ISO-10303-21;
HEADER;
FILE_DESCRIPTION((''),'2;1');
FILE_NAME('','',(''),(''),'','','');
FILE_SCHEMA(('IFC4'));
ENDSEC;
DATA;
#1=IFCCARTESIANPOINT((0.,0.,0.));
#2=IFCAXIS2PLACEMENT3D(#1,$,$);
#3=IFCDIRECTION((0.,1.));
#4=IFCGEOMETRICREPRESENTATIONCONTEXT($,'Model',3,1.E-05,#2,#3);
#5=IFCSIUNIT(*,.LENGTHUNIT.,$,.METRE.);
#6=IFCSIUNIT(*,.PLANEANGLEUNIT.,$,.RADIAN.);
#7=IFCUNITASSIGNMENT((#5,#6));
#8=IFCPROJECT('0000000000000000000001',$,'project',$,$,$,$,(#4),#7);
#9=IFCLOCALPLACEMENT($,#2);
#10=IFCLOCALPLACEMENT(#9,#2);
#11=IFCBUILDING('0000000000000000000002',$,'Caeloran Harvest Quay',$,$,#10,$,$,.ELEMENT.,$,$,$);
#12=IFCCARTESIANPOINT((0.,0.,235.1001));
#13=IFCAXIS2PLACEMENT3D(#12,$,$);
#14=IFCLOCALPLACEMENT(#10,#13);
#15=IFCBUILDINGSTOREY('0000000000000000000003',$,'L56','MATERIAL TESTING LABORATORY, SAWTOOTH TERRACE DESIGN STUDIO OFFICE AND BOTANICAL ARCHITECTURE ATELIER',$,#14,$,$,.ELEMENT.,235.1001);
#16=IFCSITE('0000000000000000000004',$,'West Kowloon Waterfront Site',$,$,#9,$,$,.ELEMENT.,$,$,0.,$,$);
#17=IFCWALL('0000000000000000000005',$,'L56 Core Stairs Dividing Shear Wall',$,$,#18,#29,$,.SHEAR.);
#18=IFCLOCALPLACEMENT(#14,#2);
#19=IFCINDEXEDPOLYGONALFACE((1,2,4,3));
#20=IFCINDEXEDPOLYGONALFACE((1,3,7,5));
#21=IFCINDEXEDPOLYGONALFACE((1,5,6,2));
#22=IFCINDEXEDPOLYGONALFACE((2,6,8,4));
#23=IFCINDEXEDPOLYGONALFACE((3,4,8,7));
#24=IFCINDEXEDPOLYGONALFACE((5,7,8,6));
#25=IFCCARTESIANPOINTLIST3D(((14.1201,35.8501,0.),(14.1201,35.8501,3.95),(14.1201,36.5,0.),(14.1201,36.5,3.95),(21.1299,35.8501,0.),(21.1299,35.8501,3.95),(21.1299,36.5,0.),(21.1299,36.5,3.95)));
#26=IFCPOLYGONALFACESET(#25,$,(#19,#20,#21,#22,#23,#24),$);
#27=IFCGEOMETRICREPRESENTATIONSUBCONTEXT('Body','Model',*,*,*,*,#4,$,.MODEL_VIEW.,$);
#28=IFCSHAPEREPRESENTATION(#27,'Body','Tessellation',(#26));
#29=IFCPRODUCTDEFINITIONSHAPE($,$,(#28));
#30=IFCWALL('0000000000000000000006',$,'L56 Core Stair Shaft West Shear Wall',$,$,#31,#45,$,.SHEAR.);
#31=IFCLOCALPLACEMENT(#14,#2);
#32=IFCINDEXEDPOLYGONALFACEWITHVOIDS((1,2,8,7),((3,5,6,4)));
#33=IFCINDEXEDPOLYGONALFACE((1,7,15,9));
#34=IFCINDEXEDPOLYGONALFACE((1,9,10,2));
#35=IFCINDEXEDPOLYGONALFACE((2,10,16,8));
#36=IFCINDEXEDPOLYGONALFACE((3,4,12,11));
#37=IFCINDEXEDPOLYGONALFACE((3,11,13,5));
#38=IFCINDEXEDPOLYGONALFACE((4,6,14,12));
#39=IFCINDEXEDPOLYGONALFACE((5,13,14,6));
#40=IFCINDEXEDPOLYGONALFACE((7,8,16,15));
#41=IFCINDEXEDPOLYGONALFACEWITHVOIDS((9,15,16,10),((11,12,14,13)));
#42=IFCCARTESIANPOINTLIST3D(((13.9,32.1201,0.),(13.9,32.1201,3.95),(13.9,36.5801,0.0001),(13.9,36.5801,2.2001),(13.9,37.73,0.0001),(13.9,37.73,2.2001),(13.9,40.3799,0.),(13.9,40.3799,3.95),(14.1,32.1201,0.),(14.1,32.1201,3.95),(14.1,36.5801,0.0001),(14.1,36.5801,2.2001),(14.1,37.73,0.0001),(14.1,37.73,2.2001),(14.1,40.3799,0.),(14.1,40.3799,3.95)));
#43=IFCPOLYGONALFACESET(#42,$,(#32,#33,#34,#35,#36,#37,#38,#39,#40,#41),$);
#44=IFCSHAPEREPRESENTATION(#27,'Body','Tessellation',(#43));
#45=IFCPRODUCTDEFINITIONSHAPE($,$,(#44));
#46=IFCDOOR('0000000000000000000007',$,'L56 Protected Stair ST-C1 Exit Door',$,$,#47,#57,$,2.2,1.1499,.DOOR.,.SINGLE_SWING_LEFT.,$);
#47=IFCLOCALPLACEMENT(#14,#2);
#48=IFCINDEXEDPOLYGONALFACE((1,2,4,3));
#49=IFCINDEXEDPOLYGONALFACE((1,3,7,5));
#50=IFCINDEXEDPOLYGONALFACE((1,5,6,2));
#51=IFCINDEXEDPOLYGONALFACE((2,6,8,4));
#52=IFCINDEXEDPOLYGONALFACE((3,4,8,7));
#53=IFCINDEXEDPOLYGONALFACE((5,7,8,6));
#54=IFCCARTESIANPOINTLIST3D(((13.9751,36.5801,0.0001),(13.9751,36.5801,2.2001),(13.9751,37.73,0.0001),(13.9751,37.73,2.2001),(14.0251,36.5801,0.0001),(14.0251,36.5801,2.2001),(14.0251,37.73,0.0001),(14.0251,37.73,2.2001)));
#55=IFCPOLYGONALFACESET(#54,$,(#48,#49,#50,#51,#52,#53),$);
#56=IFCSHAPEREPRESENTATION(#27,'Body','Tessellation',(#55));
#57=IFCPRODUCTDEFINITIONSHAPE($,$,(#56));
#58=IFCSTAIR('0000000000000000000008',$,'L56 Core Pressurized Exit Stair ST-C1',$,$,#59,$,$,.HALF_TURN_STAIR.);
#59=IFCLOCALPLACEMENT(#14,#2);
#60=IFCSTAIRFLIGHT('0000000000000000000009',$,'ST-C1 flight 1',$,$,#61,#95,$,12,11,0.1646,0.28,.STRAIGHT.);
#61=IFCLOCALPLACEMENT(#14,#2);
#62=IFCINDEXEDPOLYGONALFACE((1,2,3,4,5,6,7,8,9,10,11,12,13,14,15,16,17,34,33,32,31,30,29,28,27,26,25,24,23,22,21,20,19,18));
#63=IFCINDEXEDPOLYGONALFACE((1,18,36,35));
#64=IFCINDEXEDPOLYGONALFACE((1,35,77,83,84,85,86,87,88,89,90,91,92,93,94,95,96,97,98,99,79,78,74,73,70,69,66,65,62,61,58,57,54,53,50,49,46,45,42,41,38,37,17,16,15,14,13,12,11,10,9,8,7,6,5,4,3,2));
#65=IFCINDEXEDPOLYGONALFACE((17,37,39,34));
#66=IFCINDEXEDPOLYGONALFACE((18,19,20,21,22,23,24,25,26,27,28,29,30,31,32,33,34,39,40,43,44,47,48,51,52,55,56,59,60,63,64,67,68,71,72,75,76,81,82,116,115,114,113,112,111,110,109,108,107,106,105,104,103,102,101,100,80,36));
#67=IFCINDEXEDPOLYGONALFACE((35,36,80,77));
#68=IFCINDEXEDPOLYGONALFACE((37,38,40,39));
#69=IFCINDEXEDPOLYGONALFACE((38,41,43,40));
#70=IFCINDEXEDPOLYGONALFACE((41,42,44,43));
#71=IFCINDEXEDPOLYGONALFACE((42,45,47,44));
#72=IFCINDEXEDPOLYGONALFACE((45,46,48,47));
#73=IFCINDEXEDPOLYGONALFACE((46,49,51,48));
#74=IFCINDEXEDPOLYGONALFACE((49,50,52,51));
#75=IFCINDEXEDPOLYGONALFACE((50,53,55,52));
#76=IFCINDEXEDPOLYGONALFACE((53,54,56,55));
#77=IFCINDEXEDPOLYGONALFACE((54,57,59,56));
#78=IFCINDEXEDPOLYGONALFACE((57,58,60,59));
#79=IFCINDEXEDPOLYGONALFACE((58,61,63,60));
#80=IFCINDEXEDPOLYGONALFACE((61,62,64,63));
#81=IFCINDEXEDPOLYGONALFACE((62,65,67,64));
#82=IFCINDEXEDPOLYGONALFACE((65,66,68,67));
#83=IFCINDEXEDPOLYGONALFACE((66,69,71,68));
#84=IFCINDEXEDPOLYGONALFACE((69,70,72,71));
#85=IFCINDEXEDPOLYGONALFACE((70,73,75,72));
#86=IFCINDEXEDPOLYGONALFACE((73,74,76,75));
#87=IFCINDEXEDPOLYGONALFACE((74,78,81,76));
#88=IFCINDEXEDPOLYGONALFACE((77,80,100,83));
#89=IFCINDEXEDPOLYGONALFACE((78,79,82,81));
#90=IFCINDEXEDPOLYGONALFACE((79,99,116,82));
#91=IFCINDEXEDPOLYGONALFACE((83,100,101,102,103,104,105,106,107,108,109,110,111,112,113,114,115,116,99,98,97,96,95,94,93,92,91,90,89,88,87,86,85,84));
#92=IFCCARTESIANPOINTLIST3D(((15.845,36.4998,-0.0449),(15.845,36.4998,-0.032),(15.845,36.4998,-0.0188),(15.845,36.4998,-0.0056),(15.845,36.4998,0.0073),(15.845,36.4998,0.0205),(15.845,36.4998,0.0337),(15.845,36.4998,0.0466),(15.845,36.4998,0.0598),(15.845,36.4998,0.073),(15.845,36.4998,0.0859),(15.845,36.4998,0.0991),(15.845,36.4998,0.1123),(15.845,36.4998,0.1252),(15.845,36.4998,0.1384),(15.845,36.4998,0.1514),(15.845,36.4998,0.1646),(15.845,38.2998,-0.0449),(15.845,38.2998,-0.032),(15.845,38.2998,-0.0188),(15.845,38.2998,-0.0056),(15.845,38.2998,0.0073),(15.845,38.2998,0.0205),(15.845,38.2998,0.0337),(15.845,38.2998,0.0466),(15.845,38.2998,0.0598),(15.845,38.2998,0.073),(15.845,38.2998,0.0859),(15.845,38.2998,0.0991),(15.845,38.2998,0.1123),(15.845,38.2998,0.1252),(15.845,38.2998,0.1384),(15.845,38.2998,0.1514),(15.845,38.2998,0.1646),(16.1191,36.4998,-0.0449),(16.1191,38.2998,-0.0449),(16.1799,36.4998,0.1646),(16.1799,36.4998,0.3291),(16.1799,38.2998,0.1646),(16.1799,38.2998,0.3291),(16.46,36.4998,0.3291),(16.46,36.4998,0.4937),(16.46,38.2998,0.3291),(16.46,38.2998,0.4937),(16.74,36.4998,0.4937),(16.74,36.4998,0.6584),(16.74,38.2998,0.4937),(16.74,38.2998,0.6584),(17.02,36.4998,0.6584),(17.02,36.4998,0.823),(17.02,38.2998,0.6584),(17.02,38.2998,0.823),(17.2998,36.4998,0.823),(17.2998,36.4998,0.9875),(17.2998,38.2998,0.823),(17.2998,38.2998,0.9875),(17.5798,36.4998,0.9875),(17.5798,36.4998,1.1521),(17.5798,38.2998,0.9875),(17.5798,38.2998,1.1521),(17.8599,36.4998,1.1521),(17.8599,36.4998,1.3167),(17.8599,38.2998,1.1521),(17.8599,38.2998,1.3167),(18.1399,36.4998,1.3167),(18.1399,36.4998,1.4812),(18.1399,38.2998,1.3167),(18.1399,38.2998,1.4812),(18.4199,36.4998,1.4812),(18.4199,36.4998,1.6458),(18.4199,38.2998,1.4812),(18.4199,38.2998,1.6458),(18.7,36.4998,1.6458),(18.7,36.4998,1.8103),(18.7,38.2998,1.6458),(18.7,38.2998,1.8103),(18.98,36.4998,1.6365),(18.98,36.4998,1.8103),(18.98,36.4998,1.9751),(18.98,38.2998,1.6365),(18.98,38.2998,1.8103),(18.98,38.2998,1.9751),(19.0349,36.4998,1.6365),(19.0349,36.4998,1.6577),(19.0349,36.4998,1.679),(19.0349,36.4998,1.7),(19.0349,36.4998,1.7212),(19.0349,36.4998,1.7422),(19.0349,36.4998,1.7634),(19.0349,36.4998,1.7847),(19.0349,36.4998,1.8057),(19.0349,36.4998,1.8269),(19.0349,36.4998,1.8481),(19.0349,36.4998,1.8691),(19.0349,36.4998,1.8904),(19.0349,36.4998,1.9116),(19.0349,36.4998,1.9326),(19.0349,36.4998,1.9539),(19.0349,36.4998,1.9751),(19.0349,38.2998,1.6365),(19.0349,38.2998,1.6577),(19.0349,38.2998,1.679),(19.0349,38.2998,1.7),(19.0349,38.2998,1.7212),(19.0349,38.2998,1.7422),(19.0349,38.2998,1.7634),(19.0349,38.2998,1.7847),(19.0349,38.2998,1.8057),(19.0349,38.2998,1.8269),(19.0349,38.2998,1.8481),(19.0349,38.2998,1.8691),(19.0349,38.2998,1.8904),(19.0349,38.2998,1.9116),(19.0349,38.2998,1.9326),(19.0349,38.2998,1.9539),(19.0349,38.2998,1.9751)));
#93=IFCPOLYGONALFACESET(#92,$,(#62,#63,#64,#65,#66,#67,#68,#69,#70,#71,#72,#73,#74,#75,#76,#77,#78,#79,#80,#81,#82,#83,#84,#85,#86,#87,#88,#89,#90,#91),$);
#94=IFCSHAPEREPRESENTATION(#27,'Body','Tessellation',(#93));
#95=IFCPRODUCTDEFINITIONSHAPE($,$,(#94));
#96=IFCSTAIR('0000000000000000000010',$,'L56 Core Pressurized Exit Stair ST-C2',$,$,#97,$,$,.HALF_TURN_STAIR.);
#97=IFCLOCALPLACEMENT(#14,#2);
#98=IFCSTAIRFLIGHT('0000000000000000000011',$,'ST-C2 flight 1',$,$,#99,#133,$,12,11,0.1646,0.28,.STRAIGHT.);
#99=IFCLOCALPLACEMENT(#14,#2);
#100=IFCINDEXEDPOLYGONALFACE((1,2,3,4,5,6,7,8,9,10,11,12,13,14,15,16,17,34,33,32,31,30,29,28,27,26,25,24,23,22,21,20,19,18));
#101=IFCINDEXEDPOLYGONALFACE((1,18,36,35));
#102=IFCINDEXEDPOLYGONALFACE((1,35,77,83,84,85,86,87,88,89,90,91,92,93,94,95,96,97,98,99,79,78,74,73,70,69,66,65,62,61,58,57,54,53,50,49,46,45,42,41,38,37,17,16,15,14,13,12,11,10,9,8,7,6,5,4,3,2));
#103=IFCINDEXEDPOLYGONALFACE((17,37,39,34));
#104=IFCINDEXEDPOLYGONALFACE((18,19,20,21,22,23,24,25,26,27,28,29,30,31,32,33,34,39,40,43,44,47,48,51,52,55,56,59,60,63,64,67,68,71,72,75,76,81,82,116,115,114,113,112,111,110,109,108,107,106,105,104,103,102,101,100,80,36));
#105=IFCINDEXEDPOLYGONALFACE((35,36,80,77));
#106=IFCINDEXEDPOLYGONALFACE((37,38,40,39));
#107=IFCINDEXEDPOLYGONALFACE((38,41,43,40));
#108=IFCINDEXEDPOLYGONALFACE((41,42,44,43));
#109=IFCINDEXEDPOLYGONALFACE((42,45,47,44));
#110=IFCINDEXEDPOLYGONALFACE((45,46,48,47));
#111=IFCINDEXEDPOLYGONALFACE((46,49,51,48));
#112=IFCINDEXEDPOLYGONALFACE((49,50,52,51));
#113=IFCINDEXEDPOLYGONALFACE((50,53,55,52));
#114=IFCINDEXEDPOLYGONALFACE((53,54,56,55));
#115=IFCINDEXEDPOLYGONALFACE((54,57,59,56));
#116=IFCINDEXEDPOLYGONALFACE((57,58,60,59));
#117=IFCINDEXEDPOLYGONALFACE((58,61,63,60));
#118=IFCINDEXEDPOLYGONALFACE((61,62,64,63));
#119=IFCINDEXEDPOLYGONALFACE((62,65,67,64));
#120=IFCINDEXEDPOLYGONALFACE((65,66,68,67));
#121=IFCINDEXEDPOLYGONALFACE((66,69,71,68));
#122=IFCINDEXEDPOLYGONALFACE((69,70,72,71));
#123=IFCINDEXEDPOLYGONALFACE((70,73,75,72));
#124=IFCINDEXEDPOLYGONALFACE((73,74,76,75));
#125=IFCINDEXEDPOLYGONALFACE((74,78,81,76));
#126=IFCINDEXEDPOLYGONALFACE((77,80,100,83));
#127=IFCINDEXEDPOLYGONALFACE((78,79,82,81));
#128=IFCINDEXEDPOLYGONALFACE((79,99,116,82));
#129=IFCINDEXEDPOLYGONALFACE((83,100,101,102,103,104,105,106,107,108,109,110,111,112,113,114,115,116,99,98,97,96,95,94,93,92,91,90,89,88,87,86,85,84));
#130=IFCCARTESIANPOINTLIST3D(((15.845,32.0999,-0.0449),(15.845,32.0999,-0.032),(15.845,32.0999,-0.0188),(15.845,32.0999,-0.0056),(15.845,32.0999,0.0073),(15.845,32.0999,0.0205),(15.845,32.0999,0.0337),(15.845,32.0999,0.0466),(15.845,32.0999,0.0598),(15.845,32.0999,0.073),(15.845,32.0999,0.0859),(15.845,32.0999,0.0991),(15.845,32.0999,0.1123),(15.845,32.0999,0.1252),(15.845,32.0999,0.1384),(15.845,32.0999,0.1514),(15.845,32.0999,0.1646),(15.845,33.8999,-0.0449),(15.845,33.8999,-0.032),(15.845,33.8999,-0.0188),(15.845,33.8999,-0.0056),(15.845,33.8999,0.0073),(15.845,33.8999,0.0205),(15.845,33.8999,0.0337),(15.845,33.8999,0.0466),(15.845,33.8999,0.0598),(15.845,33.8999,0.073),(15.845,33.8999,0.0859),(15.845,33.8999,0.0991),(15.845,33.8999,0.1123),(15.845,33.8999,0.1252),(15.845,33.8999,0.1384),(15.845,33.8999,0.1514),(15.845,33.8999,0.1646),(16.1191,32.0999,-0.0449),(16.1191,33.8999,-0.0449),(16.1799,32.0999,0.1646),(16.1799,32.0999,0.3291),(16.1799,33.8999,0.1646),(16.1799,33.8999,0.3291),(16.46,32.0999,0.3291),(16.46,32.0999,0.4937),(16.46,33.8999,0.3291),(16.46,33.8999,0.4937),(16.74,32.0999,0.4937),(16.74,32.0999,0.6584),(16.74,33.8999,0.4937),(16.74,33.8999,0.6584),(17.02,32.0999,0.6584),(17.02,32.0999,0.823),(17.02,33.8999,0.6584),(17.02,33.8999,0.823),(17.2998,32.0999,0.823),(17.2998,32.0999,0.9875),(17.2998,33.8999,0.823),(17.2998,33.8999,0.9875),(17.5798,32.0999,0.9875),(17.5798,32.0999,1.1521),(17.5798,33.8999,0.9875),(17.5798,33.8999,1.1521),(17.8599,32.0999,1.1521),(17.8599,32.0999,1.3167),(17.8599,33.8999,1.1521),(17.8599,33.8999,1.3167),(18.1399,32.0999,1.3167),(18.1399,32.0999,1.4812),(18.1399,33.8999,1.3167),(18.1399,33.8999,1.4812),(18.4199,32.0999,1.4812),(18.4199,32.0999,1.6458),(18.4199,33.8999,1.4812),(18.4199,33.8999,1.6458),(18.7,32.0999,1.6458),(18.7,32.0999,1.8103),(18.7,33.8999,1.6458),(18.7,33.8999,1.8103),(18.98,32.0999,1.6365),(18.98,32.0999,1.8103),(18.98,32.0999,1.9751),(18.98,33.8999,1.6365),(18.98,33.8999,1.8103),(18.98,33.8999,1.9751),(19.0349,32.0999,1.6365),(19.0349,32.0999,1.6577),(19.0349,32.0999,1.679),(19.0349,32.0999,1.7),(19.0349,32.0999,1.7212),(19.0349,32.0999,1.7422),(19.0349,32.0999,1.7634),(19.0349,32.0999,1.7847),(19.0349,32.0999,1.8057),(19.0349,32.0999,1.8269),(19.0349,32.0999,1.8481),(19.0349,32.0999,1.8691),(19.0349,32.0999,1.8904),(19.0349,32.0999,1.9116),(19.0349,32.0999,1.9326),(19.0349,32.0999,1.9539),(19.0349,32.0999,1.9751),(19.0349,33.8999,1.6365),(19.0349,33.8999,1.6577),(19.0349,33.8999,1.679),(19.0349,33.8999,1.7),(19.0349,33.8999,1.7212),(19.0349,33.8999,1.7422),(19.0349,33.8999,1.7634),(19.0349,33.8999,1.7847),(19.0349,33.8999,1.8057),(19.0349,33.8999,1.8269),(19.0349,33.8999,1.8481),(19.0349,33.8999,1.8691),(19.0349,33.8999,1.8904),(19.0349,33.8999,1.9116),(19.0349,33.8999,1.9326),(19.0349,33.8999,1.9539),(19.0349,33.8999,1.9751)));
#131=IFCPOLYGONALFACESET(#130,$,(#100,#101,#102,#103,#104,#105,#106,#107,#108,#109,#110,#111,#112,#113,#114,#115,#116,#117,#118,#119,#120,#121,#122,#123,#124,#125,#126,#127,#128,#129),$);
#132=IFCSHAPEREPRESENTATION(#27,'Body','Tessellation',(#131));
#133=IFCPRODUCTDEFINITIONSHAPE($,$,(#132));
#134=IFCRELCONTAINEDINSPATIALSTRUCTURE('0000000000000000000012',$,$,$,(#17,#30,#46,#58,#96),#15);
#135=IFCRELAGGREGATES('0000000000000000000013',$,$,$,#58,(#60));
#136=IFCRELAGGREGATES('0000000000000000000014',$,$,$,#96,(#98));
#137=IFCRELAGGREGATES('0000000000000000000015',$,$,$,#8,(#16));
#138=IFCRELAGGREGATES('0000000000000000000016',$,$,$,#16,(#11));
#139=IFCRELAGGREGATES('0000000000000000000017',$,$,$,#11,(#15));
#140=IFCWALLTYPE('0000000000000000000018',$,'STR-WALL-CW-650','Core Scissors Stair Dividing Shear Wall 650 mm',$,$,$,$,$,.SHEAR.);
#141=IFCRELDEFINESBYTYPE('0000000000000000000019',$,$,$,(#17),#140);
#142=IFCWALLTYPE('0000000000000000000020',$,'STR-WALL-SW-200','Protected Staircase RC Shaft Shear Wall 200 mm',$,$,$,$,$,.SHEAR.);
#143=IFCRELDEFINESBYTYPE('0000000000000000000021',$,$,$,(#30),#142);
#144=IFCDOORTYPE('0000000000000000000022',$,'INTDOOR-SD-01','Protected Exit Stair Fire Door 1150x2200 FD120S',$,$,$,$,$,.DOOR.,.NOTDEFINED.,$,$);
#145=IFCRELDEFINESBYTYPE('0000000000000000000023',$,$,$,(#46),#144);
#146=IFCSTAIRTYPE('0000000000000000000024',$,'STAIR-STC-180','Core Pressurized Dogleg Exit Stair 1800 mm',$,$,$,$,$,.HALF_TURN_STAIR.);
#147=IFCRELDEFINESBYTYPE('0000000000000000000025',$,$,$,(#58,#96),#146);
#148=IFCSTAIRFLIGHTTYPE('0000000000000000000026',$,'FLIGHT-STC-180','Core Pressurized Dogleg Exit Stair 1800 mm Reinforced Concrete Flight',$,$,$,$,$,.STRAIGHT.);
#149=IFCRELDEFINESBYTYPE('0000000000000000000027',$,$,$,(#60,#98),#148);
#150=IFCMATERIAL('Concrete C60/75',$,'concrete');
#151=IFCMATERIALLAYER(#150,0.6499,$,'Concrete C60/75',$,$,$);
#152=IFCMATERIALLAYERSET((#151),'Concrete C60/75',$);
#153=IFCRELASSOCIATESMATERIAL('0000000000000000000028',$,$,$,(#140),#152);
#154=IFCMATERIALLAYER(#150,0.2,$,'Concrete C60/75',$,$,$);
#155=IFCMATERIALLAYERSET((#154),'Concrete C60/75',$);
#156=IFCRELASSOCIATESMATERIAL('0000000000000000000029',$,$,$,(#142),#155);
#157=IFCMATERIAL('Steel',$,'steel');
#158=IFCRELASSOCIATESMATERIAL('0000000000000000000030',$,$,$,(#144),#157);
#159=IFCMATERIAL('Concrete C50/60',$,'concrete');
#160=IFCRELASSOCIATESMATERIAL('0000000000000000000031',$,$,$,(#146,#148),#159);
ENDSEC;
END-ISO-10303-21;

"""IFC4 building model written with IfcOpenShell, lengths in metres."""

from ifc_helpers import new_model, si_unit, direction, frame, frame_2d, origin, place, context, subcontext, project, spatial, polyline, rectangle, outline, extrude, material, layer, layer_set, type_object, element, fill, aggregate, save


model = new_model("IFC4")

# Units and contexts
model_context = context("Model", 3, precision=1e-05, world=origin(), true_north=direction((0.0, 1.0)))
body_context = subcontext(model_context, "Body", "Model", "MODEL_VIEW")
ifc_project = project(units=[si_unit("LENGTHUNIT", "METRE"), si_unit("PLANEANGLEUNIT", "RADIAN")], contexts=[model_context])

# Site, building, storey
site_placement = place(None, origin())
site = spatial("IfcSite", under=ifc_project, at=site_placement, Name="West Kowloon Waterfront Site", CompositionType="ELEMENT", RefElevation=0.0)
building_placement = place(site_placement, origin())
building = spatial("IfcBuilding", under=site, at=building_placement, Name="Caeloran Harvest Quay", CompositionType="ELEMENT")
storey_placement = place(building_placement, frame((0.0, 0.0, 235.1001)))
storey = spatial("IfcBuildingStorey", under=building, at=storey_placement, Name="L56", Description="MATERIAL TESTING LABORATORY, SAWTOOTH TERRACE DESIGN STUDIO OFFICE AND BOTANICAL ARCHITECTURE ATELIER", CompositionType="ELEMENT", Elevation=235.1001)

# Wall
ifc_material_1 = material(Name="Concrete C60/75", Category="concrete")
ifc_layer_1 = layer(ifc_material_1, 0.6499, Name="Concrete C60/75")
ifc_layer_set_1 = layer_set([ifc_layer_1], Name="Concrete C60/75")
wall_type_1 = type_object("IfcWallType", Name="STR-WALL-CW-650", Description="Core Scissors Stair Dividing Shear Wall 650 mm", PredefinedType="SHEAR", material=ifc_layer_set_1)
wall_1_placement = place(storey_placement, frame((14.1201, 36.175, 0.0), z_axis=(0.0, 0.0, 1.0), x_axis=(1.0, 0.0, 0.0)))
element("IfcWall", 1, at=wall_1_placement, inside=storey, type_object=wall_type_1, Name="L56 Core Stairs Dividing Shear Wall", PredefinedType="SHEAR", context=body_context, shape_type="SweptSolid", body=[
    extrude(rectangle(XDim=7.0098, YDim=0.6499, at=frame_2d((3.5049, 0.0))), origin(), (0.0, 0.0, 1.0), 3.95),
])

# Wall, opening, door
ifc_layer_2 = layer(ifc_material_1, 0.2, Name="Concrete C60/75")
ifc_layer_set_2 = layer_set([ifc_layer_2], Name="Concrete C60/75")
wall_type_2 = type_object("IfcWallType", Name="STR-WALL-SW-200", Description="Protected Staircase RC Shaft Shear Wall 200 mm", PredefinedType="SHEAR", material=ifc_layer_set_2)
wall_2_placement = place(storey_placement, frame((14.0, 32.1201, 0.0), z_axis=(0.0, 0.0, 1.0), x_axis=(0.0, 1.0, 0.0)))
wall_2 = element("IfcWall", 2, at=wall_2_placement, inside=storey, type_object=wall_type_2, Name="L56 Core Stair Shaft West Shear Wall", PredefinedType="SHEAR", context=body_context, shape_type="SweptSolid", body=[
    extrude(rectangle(XDim=8.2598, YDim=0.2, at=frame_2d((4.1299, 0.0))), origin(), (0.0, 0.0, 1.0), 3.95),
])
opening_placement = place(wall_2_placement, frame((4.46, 0.0, 0.0)))
opening = element("IfcOpeningElement", 3, at=opening_placement, cuts=wall_2, PredefinedType="OPENING", context=body_context, shape_type="SweptSolid", body=[
    extrude(rectangle(XDim=1.1499, YDim=2.2, at=frame_2d((0.575, 1.1001))), frame((0.0, 0.1099, 0.0), z_axis=(0.0, -1.0, 0.0), x_axis=(1.0, 0.0, 0.0)), (0.0, 0.0, 1.0), 0.22),
])
ifc_material_2 = material(Name="Steel", Category="steel")
door_type = type_object("IfcDoorType", Name="INTDOOR-SD-01", Description="Protected Exit Stair Fire Door 1150x2200 FD120S", OperationType="NOTDEFINED", PredefinedType="DOOR", material=ifc_material_2)
door_placement = place(opening_placement, origin())
door = element("IfcDoor", 4, at=door_placement, inside=storey, type_object=door_type, Name="L56 Protected Stair ST-C1 Exit Door", OperationType="SINGLE_SWING_LEFT", OverallHeight=2.2, OverallWidth=1.1499, PredefinedType="DOOR", context=body_context, shape_type="SweptSolid", body=[
    extrude(rectangle(XDim=1.1499, YDim=2.2, at=frame_2d((0.575, 1.1001))), frame((0.0, 0.0249, 0.0), z_axis=(0.0, -1.0, 0.0), x_axis=(1.0, 0.0, 0.0)), (0.0, 0.0, 1.0), 0.05),
])
fill(opening, door)

# Stairs, stair flights
ifc_material_3 = material(Name="Concrete C50/60", Category="concrete")
stair_type = type_object("IfcStairType", Name="STAIR-STC-180", Description="Core Pressurized Dogleg Exit Stair 1800 mm", PredefinedType="HALF_TURN_STAIR", material=ifc_material_3)
stair_1_placement = place(storey_placement, origin())
stair_1 = element("IfcStair", 5, at=stair_1_placement, inside=storey, type_object=stair_type, Name="L56 Core Pressurized Exit Stair ST-C1", PredefinedType="HALF_TURN_STAIR")
stair_flight_type = type_object("IfcStairFlightType", Name="FLIGHT-STC-180", Description="Core Pressurized Dogleg Exit Stair 1800 mm Reinforced Concrete Flight", PredefinedType="STRAIGHT", material=ifc_material_3)
stair_flight_1_placement = place(storey_placement, frame((15.8999, 37.3999, 0.0), z_axis=(0.0, 0.0, 1.0), x_axis=(1.0, 0.0, 0.0)))
stair_flight_1 = element("IfcStairFlight", 6, at=stair_flight_1_placement, type_object=stair_flight_type, Name="ST-C1 flight 1", NumberOfRisers=12, NumberOfTreads=11, PredefinedType="STRAIGHT", RiserHeight=0.1646, TreadLength=0.28, context=body_context, shape_type="SweptSolid", body=[
    extrude(outline(polyline([(-0.0549, -0.0449), (-0.0549, -0.032), (-0.0549, -0.0188), (-0.0549, -0.0056), (-0.0549, 0.0073), (-0.0549, 0.0205), (-0.0549, 0.0337), (-0.0549, 0.0466), (-0.0549, 0.0598), (-0.0549, 0.073), (-0.0549, 0.0859), (-0.0549, 0.0991), (-0.0549, 0.1123), (-0.0549, 0.1252), (-0.0549, 0.1384), (-0.0549, 0.1514), (-0.0549, 0.1646), (0.28, 0.1646), (0.28, 0.3291), (0.5601, 0.3291), (0.5601, 0.4937), (0.8401, 0.4937), (0.8401, 0.6584), (1.1201, 0.6584), (1.1201, 0.823), (1.3999, 0.823), (1.3999, 0.9875), (1.6799, 0.9875), (1.6799, 1.1521), (1.96, 1.1521), (1.96, 1.3167), (2.24, 1.3167), (2.24, 1.4812), (2.52, 1.4812), (2.52, 1.6458), (2.8, 1.6458), (2.8, 1.8103), (3.0801, 1.8103), (3.0801, 1.9751), (3.135, 1.9751), (3.135, 1.9539), (3.135, 1.9326), (3.135, 1.9116), (3.135, 1.8904), (3.135, 1.8691), (3.135, 1.8481), (3.135, 1.8269), (3.135, 1.8057), (3.135, 1.7847), (3.135, 1.7634), (3.135, 1.7422), (3.135, 1.7212), (3.135, 1.7), (3.135, 1.679), (3.135, 1.6577), (3.135, 1.6365), (3.0801, 1.6365), (0.2192, -0.0449), (-0.0549, -0.0449)])), frame((0.0, 0.8999, 0.0), z_axis=(0.0, -1.0, 0.0), x_axis=(1.0, 0.0, 0.0)), (0.0, 0.0, 1.0), 1.8),
])
aggregate(stair_1, [stair_flight_1])
stair_2_placement = place(storey_placement, origin())
stair_2 = element("IfcStair", 7, at=stair_2_placement, inside=storey, type_object=stair_type, Name="L56 Core Pressurized Exit Stair ST-C2", PredefinedType="HALF_TURN_STAIR")
stair_flight_2_placement = place(storey_placement, frame((15.8999, 33.0, 0.0), z_axis=(0.0, 0.0, 1.0), x_axis=(1.0, 0.0, 0.0)))
stair_flight_2 = element("IfcStairFlight", 8, at=stair_flight_2_placement, type_object=stair_flight_type, Name="ST-C2 flight 1", NumberOfRisers=12, NumberOfTreads=11, PredefinedType="STRAIGHT", RiserHeight=0.1646, TreadLength=0.28, context=body_context, shape_type="SweptSolid", body=[
    extrude(outline(polyline([(-0.0549, -0.0449), (-0.0549, -0.032), (-0.0549, -0.0188), (-0.0549, -0.0056), (-0.0549, 0.0073), (-0.0549, 0.0205), (-0.0549, 0.0337), (-0.0549, 0.0466), (-0.0549, 0.0598), (-0.0549, 0.073), (-0.0549, 0.0859), (-0.0549, 0.0991), (-0.0549, 0.1123), (-0.0549, 0.1252), (-0.0549, 0.1384), (-0.0549, 0.1514), (-0.0549, 0.1646), (0.28, 0.1646), (0.28, 0.3291), (0.5601, 0.3291), (0.5601, 0.4937), (0.8401, 0.4937), (0.8401, 0.6584), (1.1201, 0.6584), (1.1201, 0.823), (1.3999, 0.823), (1.3999, 0.9875), (1.6799, 0.9875), (1.6799, 1.1521), (1.96, 1.1521), (1.96, 1.3167), (2.24, 1.3167), (2.24, 1.4812), (2.52, 1.4812), (2.52, 1.6458), (2.8, 1.6458), (2.8, 1.8103), (3.0801, 1.8103), (3.0801, 1.9751), (3.135, 1.9751), (3.135, 1.9539), (3.135, 1.9326), (3.135, 1.9116), (3.135, 1.8904), (3.135, 1.8691), (3.135, 1.8481), (3.135, 1.8269), (3.135, 1.8057), (3.135, 1.7847), (3.135, 1.7634), (3.135, 1.7422), (3.135, 1.7212), (3.135, 1.7), (3.135, 1.679), (3.135, 1.6577), (3.135, 1.6365), (3.0801, 1.6365), (0.2192, -0.0449), (-0.0549, -0.0449)])), frame((0.0, 0.8999, 0.0), z_axis=(0.0, -1.0, 0.0), x_axis=(1.0, 0.0, 0.0)), (0.0, 0.0, 1.0), 1.8),
])
aggregate(stair_2, [stair_flight_2])

save(model, "model.ifc")
